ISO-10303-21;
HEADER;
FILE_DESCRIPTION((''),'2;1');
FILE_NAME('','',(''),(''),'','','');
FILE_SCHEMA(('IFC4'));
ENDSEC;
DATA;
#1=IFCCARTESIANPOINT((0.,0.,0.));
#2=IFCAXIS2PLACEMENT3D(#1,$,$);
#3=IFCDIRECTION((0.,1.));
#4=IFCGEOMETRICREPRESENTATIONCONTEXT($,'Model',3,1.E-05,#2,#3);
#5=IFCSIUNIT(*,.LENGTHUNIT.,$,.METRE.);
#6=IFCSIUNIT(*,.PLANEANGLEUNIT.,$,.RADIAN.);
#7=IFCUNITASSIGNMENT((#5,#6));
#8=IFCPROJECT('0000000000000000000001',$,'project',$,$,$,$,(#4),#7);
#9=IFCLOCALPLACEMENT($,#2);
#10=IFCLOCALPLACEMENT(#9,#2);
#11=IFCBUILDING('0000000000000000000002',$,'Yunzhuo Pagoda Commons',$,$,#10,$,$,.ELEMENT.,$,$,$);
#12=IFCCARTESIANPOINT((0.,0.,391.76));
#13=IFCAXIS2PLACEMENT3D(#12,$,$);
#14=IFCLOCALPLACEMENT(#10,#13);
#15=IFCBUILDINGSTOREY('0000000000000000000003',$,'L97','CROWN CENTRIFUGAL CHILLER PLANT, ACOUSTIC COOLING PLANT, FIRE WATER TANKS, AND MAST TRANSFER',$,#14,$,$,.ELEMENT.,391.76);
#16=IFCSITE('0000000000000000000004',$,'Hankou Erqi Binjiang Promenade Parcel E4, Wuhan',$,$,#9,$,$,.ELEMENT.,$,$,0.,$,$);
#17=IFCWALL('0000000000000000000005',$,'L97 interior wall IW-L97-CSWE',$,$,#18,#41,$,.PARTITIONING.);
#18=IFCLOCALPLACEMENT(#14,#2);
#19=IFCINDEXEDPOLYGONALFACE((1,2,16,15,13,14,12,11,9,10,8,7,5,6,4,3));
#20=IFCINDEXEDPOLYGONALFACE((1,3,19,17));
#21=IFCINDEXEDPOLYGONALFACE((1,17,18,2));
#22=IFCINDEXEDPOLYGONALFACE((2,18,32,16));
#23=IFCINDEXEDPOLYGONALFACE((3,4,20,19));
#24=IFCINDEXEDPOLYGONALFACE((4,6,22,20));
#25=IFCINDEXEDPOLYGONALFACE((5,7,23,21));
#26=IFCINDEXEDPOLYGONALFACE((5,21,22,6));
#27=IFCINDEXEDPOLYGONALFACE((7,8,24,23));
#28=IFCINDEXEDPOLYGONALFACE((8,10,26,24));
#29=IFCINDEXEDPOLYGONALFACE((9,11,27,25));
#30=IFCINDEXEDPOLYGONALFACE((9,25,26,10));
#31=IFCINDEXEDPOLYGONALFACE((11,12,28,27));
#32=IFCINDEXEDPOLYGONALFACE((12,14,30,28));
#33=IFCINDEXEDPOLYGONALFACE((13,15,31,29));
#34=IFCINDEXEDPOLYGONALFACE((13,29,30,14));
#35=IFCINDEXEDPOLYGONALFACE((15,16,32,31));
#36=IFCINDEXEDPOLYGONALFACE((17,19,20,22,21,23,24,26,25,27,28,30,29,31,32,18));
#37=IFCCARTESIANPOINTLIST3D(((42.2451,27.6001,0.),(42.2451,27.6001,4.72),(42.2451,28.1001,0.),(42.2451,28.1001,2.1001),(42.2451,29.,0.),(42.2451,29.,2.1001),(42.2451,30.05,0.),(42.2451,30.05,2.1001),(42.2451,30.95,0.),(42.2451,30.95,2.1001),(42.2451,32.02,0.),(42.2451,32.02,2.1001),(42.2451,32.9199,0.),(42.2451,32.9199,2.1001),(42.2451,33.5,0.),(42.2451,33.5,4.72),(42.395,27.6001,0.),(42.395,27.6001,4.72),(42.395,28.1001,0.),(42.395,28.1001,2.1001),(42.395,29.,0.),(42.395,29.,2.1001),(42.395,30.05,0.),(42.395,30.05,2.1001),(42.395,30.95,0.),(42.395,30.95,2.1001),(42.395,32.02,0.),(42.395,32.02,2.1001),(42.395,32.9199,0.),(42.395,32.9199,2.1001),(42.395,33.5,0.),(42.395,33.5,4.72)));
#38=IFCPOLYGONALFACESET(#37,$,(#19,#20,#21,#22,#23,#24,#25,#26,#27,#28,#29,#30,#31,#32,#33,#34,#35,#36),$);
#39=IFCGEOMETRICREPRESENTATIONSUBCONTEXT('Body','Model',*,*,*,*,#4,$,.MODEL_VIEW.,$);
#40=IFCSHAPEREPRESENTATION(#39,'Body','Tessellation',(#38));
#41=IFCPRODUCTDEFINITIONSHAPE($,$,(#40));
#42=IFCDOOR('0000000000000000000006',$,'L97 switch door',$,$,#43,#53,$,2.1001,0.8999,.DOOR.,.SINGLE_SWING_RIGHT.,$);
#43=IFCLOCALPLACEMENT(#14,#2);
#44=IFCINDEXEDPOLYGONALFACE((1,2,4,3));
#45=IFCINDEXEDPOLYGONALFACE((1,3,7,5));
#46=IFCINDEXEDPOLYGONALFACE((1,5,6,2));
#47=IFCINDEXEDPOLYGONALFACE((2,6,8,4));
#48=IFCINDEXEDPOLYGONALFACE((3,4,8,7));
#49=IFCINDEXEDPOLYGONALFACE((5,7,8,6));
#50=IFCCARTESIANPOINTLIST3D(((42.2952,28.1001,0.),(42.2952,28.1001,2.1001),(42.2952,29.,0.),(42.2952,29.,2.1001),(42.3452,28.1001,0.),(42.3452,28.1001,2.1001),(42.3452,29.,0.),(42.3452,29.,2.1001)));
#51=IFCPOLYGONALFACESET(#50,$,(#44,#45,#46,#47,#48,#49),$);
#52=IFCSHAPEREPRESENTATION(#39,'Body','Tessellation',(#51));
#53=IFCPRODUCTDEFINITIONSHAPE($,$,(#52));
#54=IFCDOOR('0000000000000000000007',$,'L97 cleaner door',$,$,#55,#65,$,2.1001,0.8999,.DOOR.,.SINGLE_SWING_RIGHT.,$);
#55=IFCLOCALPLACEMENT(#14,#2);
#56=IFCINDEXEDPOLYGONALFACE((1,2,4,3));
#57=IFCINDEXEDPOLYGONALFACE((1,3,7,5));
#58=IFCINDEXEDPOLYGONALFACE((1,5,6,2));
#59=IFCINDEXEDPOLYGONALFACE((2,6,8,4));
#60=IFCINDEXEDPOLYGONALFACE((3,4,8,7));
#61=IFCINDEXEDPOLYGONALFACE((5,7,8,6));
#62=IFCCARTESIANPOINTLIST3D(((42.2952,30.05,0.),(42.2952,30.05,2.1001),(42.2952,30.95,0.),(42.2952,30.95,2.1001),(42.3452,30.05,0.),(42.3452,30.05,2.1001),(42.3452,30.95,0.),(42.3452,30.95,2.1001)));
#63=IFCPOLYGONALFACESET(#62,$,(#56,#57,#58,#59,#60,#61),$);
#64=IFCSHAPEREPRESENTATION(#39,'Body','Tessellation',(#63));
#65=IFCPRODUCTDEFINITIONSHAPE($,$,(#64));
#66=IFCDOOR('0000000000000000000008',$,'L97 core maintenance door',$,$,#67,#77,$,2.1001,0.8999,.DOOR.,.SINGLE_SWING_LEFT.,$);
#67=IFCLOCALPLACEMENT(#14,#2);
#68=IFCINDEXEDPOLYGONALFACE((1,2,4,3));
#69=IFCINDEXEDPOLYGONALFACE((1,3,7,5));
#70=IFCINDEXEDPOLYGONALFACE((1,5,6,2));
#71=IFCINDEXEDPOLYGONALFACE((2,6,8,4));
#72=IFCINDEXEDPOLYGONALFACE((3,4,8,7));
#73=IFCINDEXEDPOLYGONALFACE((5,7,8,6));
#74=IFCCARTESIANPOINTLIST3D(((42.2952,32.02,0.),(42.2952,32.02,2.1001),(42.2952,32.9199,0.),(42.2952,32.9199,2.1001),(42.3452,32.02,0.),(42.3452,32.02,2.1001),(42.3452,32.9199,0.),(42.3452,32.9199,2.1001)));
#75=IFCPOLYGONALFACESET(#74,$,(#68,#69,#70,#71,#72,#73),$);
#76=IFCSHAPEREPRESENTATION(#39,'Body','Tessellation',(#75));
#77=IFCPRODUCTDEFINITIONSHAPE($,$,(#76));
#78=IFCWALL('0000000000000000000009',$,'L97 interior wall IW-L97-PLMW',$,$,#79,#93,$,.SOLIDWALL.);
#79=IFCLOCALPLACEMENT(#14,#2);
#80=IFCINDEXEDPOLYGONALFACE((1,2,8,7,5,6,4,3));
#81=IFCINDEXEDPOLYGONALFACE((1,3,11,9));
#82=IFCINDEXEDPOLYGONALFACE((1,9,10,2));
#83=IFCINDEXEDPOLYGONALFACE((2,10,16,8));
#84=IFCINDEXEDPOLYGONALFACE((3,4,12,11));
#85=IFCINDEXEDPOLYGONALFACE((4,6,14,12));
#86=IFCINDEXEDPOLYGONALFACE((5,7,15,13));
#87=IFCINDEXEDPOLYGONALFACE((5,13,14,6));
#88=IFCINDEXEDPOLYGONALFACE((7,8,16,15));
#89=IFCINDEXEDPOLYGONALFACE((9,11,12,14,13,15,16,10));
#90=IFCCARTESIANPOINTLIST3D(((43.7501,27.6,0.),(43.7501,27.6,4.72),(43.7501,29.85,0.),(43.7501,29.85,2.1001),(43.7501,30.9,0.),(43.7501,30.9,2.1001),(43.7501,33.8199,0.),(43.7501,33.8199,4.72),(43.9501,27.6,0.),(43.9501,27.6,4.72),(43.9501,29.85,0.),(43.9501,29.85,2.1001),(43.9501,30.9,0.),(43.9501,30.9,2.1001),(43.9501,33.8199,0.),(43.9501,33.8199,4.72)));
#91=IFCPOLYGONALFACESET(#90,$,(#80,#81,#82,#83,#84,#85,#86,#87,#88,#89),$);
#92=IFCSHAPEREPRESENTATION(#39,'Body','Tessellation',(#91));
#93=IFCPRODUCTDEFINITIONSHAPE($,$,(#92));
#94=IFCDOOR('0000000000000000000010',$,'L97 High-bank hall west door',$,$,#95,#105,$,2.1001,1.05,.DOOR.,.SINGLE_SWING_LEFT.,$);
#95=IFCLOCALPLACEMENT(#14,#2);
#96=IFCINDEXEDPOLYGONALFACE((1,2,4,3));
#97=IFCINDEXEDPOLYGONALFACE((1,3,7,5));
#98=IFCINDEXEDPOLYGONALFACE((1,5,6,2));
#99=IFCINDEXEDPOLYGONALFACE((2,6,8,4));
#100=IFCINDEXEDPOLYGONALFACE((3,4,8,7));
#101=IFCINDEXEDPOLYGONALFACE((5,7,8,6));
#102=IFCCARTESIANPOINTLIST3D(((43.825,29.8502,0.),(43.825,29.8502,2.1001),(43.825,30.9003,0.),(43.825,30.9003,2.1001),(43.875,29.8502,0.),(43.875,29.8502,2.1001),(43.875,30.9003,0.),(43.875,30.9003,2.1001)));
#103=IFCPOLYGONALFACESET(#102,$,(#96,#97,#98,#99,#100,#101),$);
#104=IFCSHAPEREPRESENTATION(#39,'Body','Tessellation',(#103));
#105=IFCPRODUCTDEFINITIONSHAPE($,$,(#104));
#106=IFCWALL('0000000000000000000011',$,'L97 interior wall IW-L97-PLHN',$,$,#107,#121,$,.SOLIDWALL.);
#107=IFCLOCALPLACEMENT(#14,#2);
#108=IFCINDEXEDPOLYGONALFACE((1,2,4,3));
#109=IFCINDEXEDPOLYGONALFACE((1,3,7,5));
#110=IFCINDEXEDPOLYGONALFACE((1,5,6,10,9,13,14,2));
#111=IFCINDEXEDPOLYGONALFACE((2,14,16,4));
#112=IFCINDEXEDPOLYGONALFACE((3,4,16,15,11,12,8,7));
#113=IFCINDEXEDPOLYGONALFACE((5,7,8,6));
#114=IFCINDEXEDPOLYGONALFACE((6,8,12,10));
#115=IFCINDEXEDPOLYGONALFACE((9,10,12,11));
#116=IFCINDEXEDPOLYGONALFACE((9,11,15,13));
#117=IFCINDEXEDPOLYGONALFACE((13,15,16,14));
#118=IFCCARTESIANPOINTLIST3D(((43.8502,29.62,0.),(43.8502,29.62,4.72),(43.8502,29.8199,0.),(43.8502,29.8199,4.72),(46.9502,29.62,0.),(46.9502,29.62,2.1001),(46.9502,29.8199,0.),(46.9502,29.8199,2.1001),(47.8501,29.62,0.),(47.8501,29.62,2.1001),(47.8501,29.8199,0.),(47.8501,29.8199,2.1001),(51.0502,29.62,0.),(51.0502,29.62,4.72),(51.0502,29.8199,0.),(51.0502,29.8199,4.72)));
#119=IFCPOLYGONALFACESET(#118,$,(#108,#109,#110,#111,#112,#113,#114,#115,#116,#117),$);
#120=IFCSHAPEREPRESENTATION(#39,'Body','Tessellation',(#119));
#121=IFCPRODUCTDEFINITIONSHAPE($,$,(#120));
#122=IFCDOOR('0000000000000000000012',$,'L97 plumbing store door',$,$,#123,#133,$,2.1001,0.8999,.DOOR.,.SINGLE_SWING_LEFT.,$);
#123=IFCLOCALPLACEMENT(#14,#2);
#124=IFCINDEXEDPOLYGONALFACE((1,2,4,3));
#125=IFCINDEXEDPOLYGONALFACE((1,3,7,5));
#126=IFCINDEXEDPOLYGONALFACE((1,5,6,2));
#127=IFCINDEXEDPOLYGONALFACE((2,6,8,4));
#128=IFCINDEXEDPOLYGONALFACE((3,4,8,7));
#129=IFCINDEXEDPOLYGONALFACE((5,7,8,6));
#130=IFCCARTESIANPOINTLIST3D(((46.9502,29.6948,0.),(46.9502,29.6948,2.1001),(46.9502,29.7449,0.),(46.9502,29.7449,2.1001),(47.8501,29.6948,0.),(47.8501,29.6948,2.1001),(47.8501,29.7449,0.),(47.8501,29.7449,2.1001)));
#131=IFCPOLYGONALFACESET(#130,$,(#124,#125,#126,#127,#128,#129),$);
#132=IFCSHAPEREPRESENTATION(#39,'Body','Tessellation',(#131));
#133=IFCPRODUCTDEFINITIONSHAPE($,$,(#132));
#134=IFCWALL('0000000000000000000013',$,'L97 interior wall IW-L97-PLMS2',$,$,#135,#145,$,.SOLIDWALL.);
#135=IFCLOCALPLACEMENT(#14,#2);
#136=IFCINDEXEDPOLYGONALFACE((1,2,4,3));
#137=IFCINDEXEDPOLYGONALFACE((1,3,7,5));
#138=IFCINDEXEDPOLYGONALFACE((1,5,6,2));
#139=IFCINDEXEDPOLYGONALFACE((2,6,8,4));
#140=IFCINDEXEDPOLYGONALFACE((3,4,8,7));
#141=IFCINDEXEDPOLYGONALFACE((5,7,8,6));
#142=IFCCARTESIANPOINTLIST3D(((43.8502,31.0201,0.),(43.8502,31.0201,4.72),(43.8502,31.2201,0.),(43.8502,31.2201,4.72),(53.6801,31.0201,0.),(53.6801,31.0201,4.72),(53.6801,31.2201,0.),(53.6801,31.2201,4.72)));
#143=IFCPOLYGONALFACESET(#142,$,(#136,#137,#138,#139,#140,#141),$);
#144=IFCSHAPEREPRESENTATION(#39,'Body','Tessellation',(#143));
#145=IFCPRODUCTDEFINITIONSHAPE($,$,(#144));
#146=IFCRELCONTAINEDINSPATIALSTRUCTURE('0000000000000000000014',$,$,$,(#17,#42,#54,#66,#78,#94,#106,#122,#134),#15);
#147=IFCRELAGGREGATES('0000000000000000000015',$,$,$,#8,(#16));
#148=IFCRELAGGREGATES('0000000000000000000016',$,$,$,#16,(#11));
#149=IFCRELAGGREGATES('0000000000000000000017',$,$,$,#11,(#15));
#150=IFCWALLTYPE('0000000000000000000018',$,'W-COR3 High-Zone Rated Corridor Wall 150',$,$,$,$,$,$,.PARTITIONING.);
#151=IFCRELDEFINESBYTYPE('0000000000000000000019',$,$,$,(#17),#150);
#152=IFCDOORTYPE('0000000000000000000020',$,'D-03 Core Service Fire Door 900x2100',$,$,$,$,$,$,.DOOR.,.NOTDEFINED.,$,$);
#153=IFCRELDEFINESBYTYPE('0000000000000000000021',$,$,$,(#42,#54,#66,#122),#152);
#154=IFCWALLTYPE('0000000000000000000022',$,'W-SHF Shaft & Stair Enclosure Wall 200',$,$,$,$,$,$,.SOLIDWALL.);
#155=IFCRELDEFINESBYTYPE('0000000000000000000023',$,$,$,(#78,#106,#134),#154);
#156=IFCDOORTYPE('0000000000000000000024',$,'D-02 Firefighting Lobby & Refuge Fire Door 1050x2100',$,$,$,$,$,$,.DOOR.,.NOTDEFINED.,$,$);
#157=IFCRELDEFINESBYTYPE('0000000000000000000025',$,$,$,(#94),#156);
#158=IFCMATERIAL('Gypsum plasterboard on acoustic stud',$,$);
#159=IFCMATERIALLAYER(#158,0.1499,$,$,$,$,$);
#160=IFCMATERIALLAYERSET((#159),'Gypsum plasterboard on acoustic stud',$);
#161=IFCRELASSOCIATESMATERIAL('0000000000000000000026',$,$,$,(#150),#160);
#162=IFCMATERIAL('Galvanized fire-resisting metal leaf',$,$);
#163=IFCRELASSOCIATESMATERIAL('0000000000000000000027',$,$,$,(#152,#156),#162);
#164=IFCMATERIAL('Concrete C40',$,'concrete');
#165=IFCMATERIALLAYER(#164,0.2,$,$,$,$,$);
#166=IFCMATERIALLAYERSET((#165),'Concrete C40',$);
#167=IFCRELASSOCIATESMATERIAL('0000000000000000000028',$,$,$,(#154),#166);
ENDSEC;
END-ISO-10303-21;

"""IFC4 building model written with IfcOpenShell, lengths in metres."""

from ifc_helpers import new_model, si_unit, direction, frame, frame_2d, origin, origin_with_axes, place, context, subcontext, project, spatial, rectangle, extrude, source, transform, mapped, material, layer, layer_set, type_object, element, fill, save


model = new_model("IFC4")

# Units and contexts
model_context = context("Model", 3, precision=1e-05, world=origin(), true_north=direction((0.0, 1.0)))
body_context = subcontext(model_context, "Body", "Model", "MODEL_VIEW")
ifc_project = project(units=[si_unit("LENGTHUNIT", "METRE"), si_unit("PLANEANGLEUNIT", "RADIAN")], contexts=[model_context])

# Site, building, storey
site_placement = place(None, origin())
site = spatial("IfcSite", under=ifc_project, at=site_placement, Name="Hankou Erqi Binjiang Promenade Parcel E4, Wuhan", CompositionType="ELEMENT", RefElevation=0.0)
building_placement = place(site_placement, origin())
building = spatial("IfcBuilding", under=site, at=building_placement, Name="Yunzhuo Pagoda Commons", CompositionType="ELEMENT")
storey_placement = place(building_placement, frame((0.0, 0.0, 391.76)))
storey = spatial("IfcBuildingStorey", under=building, at=storey_placement, Name="L97", Description="CROWN CENTRIFUGAL CHILLER PLANT, ACOUSTIC COOLING PLANT, FIRE WATER TANKS, AND MAST TRANSFER", CompositionType="ELEMENT", Elevation=391.76)

# Wall, openings, doors
ifc_material_1 = material(Name="Gypsum plasterboard on acoustic stud")
ifc_layer_1 = layer(ifc_material_1, 0.1499)
ifc_layer_set_1 = layer_set([ifc_layer_1], Name="Gypsum plasterboard on acoustic stud")
wall_type_1 = type_object("IfcWallType", Name="W-COR3 High-Zone Rated Corridor Wall 150", PredefinedType="PARTITIONING", material=ifc_layer_set_1)
wall_1_placement = place(storey_placement, frame((42.3201, 27.6001, 0.0), z_axis=(0.0, 0.0, 1.0), x_axis=(0.0, 1.0, 0.0)))
wall_1 = element("IfcWall", 1, at=wall_1_placement, inside=storey, type_object=wall_type_1, Name="L97 interior wall IW-L97-CSWE", PredefinedType="PARTITIONING", context=body_context, shape_type="SweptSolid", body=[
    extrude(rectangle(XDim=5.8999, YDim=0.1499, at=frame_2d((2.95, 0.0))), origin(), (0.0, 0.0, 1.0), 4.72),
])
opening_1_placement = place(wall_1_placement, frame((0.5, 0.0, 0.0)))
opening_1 = element("IfcOpeningElement", 2, at=opening_1_placement, cuts=wall_1, PredefinedType="OPENING", context=body_context, shape_type="SweptSolid", body=[
    extrude(rectangle(XDim=0.8999, YDim=2.1001, at=frame_2d((0.45, 1.05))), frame((0.0, 0.085, 0.0), z_axis=(0.0, -1.0, 0.0), x_axis=(1.0, 0.0, 0.0)), (0.0, 0.0, 1.0), 0.1699),
])
opening_2_placement = place(wall_1_placement, frame((2.45, 0.0, 0.0)))
opening_2 = element("IfcOpeningElement", 3, at=opening_2_placement, cuts=wall_1, PredefinedType="OPENING", context=body_context, shape_type="SweptSolid", body=[
    extrude(rectangle(XDim=0.8999, YDim=2.1001, at=frame_2d((0.45, 1.05))), frame((0.0, 0.085, 0.0), z_axis=(0.0, -1.0, 0.0), x_axis=(1.0, 0.0, 0.0)), (0.0, 0.0, 1.0), 0.1699),
])
opening_3_placement = place(wall_1_placement, frame((4.4199, 0.0, 0.0)))
opening_3 = element("IfcOpeningElement", 4, at=opening_3_placement, cuts=wall_1, PredefinedType="OPENING", context=body_context, shape_type="SweptSolid", body=[
    extrude(rectangle(XDim=0.8999, YDim=2.1001, at=frame_2d((0.45, 1.05))), frame((0.0, 0.085, 0.0), z_axis=(0.0, -1.0, 0.0), x_axis=(1.0, 0.0, 0.0)), (0.0, 0.0, 1.0), 0.1699),
])
ifc_material_2 = material(Name="Galvanized fire-resisting metal leaf")
door_type_1 = type_object("IfcDoorType", Name="D-03 Core Service Fire Door 900x2100", OperationType="NOTDEFINED", PredefinedType="DOOR", material=ifc_material_2)
shared_shape_1 = source(origin(), body_context, "Body", "SweptSolid", [
    extrude(rectangle(XDim=0.8999, YDim=2.1001, at=frame_2d((0.45, 1.05))), frame((0.0, 0.0249, 0.0), z_axis=(0.0, -1.0, 0.0), x_axis=(1.0, 0.0, 0.0)), (0.0, 0.0, 1.0), 0.05),
])
door_1_placement = place(opening_1_placement, origin_with_axes())
door_1 = element("IfcDoor", 5, at=door_1_placement, inside=storey, type_object=door_type_1, Name="L97 switch door", OperationType="SINGLE_SWING_RIGHT", OverallHeight=2.1001, OverallWidth=0.8999, PredefinedType="DOOR", context=body_context, shape_type="MappedRepresentation", body=[
    mapped(shared_shape_1, transform((0.0, 0.0, 0.0), scale=1.0)),
])
fill(opening_1, door_1)
door_2_placement = place(opening_2_placement, origin_with_axes())
door_2 = element("IfcDoor", 6, at=door_2_placement, inside=storey, type_object=door_type_1, Name="L97 cleaner door", OperationType="SINGLE_SWING_RIGHT", OverallHeight=2.1001, OverallWidth=0.8999, PredefinedType="DOOR", context=body_context, shape_type="MappedRepresentation", body=[
    mapped(shared_shape_1, transform((0.0, 0.0, 0.0), scale=1.0)),
])
fill(opening_2, door_2)
door_3_placement = place(opening_3_placement, origin_with_axes())
door_3 = element("IfcDoor", 7, at=door_3_placement, inside=storey, type_object=door_type_1, Name="L97 core maintenance door", OperationType="SINGLE_SWING_LEFT", OverallHeight=2.1001, OverallWidth=0.8999, PredefinedType="DOOR", context=body_context, shape_type="MappedRepresentation", body=[
    mapped(shared_shape_1, transform((0.0, 0.0, 0.0), scale=1.0)),
])
fill(opening_3, door_3)

# Walls, openings, doors
ifc_material_3 = material(Name="Concrete C40", Category="concrete")
ifc_layer_2 = layer(ifc_material_3, 0.2)
ifc_layer_set_2 = layer_set([ifc_layer_2], Name="Concrete C40")
wall_type_2 = type_object("IfcWallType", Name="W-SHF Shaft & Stair Enclosure Wall 200", PredefinedType="SOLIDWALL", material=ifc_layer_set_2)
wall_2_placement = place(storey_placement, frame((43.8501, 27.6001, 0.0), z_axis=(0.0, 0.0, 1.0), x_axis=(0.0, 1.0, 0.0)))
wall_2 = element("IfcWall", 8, at=wall_2_placement, inside=storey, type_object=wall_type_2, Name="L97 interior wall IW-L97-PLMW", PredefinedType="SOLIDWALL", context=body_context, shape_type="SweptSolid", body=[
    extrude(rectangle(XDim=6.22, YDim=0.2, at=frame_2d((3.1099, 0.0))), origin(), (0.0, 0.0, 1.0), 4.72),
])
opening_4_placement = place(wall_2_placement, frame((2.25, 0.0, 0.0)))
opening_4 = element("IfcOpeningElement", 9, at=opening_4_placement, cuts=wall_2, PredefinedType="OPENING", context=body_context, shape_type="SweptSolid", body=[
    extrude(rectangle(XDim=1.05, YDim=2.1001, at=frame_2d((0.5249, 1.05))), frame((0.0, 0.1099, 0.0), z_axis=(0.0, -1.0, 0.0), x_axis=(1.0, 0.0, 0.0)), (0.0, 0.0, 1.0), 0.22),
])
door_type_2 = type_object("IfcDoorType", Name="D-02 Firefighting Lobby & Refuge Fire Door 1050x2100", OperationType="NOTDEFINED", PredefinedType="DOOR", material=ifc_material_2)
shared_shape_2 = source(origin(), body_context, "Body", "SweptSolid", [
    extrude(rectangle(XDim=1.05, YDim=2.1001, at=frame_2d((0.5249, 1.05))), frame((0.0, 0.0249, 0.0), z_axis=(0.0, -1.0, 0.0), x_axis=(1.0, 0.0, 0.0)), (0.0, 0.0, 1.0), 0.05),
])
door_4_placement = place(opening_4_placement, frame((1.05, 0.0, 0.0), z_axis=(0.0, 0.0, 1.0), x_axis=(-1.0, 0.0, 0.0)))
door_4 = element("IfcDoor", 10, at=door_4_placement, inside=storey, type_object=door_type_2, Name="L97 High-bank hall west door", OperationType="SINGLE_SWING_LEFT", OverallHeight=2.1001, OverallWidth=1.05, PredefinedType="DOOR", context=body_context, shape_type="MappedRepresentation", body=[
    mapped(shared_shape_2, transform((0.0, 0.0, 0.0), scale=1.0)),
])
fill(opening_4, door_4)
wall_3_placement = place(storey_placement, frame((43.8501, 29.72, 0.0), z_axis=(0.0, 0.0, 1.0), x_axis=(1.0, 0.0, 0.0)))
wall_3 = element("IfcWall", 11, at=wall_3_placement, inside=storey, type_object=wall_type_2, Name="L97 interior wall IW-L97-PLHN", PredefinedType="SOLIDWALL", context=body_context, shape_type="SweptSolid", body=[
    extrude(rectangle(XDim=7.2, YDim=0.2, at=frame_2d((3.6001, 0.0))), origin(), (0.0, 0.0, 1.0), 4.72),
])
opening_5_placement = place(wall_3_placement, frame((3.1001, 0.0, 0.0)))
opening_5 = element("IfcOpeningElement", 12, at=opening_5_placement, cuts=wall_3, PredefinedType="OPENING", context=body_context, shape_type="SweptSolid", body=[
    extrude(rectangle(XDim=0.8999, YDim=2.1001, at=frame_2d((0.45, 1.05))), frame((0.0, 0.1099, 0.0), z_axis=(0.0, -1.0, 0.0), x_axis=(1.0, 0.0, 0.0)), (0.0, 0.0, 1.0), 0.22),
])
door_5_placement = place(opening_5_placement, origin_with_axes())
door_5 = element("IfcDoor", 13, at=door_5_placement, inside=storey, type_object=door_type_1, Name="L97 plumbing store door", OperationType="SINGLE_SWING_LEFT", OverallHeight=2.1001, OverallWidth=0.8999, PredefinedType="DOOR", context=body_context, shape_type="MappedRepresentation", body=[
    mapped(shared_shape_1, transform((0.0, 0.0, 0.0), scale=1.0)),
])
fill(opening_5, door_5)

# Wall
wall_4_placement = place(storey_placement, frame((43.8501, 31.1201, 0.0), z_axis=(0.0, 0.0, 1.0), x_axis=(1.0, 0.0, 0.0)))
element("IfcWall", 14, at=wall_4_placement, inside=storey, type_object=wall_type_2, Name="L97 interior wall IW-L97-PLMS2", PredefinedType="SOLIDWALL", context=body_context, shape_type="SweptSolid", body=[
    extrude(rectangle(XDim=9.8298, YDim=0.2, at=frame_2d((4.915, 0.0))), origin(), (0.0, 0.0, 1.0), 4.72),
])

save(model, "model.ifc")
